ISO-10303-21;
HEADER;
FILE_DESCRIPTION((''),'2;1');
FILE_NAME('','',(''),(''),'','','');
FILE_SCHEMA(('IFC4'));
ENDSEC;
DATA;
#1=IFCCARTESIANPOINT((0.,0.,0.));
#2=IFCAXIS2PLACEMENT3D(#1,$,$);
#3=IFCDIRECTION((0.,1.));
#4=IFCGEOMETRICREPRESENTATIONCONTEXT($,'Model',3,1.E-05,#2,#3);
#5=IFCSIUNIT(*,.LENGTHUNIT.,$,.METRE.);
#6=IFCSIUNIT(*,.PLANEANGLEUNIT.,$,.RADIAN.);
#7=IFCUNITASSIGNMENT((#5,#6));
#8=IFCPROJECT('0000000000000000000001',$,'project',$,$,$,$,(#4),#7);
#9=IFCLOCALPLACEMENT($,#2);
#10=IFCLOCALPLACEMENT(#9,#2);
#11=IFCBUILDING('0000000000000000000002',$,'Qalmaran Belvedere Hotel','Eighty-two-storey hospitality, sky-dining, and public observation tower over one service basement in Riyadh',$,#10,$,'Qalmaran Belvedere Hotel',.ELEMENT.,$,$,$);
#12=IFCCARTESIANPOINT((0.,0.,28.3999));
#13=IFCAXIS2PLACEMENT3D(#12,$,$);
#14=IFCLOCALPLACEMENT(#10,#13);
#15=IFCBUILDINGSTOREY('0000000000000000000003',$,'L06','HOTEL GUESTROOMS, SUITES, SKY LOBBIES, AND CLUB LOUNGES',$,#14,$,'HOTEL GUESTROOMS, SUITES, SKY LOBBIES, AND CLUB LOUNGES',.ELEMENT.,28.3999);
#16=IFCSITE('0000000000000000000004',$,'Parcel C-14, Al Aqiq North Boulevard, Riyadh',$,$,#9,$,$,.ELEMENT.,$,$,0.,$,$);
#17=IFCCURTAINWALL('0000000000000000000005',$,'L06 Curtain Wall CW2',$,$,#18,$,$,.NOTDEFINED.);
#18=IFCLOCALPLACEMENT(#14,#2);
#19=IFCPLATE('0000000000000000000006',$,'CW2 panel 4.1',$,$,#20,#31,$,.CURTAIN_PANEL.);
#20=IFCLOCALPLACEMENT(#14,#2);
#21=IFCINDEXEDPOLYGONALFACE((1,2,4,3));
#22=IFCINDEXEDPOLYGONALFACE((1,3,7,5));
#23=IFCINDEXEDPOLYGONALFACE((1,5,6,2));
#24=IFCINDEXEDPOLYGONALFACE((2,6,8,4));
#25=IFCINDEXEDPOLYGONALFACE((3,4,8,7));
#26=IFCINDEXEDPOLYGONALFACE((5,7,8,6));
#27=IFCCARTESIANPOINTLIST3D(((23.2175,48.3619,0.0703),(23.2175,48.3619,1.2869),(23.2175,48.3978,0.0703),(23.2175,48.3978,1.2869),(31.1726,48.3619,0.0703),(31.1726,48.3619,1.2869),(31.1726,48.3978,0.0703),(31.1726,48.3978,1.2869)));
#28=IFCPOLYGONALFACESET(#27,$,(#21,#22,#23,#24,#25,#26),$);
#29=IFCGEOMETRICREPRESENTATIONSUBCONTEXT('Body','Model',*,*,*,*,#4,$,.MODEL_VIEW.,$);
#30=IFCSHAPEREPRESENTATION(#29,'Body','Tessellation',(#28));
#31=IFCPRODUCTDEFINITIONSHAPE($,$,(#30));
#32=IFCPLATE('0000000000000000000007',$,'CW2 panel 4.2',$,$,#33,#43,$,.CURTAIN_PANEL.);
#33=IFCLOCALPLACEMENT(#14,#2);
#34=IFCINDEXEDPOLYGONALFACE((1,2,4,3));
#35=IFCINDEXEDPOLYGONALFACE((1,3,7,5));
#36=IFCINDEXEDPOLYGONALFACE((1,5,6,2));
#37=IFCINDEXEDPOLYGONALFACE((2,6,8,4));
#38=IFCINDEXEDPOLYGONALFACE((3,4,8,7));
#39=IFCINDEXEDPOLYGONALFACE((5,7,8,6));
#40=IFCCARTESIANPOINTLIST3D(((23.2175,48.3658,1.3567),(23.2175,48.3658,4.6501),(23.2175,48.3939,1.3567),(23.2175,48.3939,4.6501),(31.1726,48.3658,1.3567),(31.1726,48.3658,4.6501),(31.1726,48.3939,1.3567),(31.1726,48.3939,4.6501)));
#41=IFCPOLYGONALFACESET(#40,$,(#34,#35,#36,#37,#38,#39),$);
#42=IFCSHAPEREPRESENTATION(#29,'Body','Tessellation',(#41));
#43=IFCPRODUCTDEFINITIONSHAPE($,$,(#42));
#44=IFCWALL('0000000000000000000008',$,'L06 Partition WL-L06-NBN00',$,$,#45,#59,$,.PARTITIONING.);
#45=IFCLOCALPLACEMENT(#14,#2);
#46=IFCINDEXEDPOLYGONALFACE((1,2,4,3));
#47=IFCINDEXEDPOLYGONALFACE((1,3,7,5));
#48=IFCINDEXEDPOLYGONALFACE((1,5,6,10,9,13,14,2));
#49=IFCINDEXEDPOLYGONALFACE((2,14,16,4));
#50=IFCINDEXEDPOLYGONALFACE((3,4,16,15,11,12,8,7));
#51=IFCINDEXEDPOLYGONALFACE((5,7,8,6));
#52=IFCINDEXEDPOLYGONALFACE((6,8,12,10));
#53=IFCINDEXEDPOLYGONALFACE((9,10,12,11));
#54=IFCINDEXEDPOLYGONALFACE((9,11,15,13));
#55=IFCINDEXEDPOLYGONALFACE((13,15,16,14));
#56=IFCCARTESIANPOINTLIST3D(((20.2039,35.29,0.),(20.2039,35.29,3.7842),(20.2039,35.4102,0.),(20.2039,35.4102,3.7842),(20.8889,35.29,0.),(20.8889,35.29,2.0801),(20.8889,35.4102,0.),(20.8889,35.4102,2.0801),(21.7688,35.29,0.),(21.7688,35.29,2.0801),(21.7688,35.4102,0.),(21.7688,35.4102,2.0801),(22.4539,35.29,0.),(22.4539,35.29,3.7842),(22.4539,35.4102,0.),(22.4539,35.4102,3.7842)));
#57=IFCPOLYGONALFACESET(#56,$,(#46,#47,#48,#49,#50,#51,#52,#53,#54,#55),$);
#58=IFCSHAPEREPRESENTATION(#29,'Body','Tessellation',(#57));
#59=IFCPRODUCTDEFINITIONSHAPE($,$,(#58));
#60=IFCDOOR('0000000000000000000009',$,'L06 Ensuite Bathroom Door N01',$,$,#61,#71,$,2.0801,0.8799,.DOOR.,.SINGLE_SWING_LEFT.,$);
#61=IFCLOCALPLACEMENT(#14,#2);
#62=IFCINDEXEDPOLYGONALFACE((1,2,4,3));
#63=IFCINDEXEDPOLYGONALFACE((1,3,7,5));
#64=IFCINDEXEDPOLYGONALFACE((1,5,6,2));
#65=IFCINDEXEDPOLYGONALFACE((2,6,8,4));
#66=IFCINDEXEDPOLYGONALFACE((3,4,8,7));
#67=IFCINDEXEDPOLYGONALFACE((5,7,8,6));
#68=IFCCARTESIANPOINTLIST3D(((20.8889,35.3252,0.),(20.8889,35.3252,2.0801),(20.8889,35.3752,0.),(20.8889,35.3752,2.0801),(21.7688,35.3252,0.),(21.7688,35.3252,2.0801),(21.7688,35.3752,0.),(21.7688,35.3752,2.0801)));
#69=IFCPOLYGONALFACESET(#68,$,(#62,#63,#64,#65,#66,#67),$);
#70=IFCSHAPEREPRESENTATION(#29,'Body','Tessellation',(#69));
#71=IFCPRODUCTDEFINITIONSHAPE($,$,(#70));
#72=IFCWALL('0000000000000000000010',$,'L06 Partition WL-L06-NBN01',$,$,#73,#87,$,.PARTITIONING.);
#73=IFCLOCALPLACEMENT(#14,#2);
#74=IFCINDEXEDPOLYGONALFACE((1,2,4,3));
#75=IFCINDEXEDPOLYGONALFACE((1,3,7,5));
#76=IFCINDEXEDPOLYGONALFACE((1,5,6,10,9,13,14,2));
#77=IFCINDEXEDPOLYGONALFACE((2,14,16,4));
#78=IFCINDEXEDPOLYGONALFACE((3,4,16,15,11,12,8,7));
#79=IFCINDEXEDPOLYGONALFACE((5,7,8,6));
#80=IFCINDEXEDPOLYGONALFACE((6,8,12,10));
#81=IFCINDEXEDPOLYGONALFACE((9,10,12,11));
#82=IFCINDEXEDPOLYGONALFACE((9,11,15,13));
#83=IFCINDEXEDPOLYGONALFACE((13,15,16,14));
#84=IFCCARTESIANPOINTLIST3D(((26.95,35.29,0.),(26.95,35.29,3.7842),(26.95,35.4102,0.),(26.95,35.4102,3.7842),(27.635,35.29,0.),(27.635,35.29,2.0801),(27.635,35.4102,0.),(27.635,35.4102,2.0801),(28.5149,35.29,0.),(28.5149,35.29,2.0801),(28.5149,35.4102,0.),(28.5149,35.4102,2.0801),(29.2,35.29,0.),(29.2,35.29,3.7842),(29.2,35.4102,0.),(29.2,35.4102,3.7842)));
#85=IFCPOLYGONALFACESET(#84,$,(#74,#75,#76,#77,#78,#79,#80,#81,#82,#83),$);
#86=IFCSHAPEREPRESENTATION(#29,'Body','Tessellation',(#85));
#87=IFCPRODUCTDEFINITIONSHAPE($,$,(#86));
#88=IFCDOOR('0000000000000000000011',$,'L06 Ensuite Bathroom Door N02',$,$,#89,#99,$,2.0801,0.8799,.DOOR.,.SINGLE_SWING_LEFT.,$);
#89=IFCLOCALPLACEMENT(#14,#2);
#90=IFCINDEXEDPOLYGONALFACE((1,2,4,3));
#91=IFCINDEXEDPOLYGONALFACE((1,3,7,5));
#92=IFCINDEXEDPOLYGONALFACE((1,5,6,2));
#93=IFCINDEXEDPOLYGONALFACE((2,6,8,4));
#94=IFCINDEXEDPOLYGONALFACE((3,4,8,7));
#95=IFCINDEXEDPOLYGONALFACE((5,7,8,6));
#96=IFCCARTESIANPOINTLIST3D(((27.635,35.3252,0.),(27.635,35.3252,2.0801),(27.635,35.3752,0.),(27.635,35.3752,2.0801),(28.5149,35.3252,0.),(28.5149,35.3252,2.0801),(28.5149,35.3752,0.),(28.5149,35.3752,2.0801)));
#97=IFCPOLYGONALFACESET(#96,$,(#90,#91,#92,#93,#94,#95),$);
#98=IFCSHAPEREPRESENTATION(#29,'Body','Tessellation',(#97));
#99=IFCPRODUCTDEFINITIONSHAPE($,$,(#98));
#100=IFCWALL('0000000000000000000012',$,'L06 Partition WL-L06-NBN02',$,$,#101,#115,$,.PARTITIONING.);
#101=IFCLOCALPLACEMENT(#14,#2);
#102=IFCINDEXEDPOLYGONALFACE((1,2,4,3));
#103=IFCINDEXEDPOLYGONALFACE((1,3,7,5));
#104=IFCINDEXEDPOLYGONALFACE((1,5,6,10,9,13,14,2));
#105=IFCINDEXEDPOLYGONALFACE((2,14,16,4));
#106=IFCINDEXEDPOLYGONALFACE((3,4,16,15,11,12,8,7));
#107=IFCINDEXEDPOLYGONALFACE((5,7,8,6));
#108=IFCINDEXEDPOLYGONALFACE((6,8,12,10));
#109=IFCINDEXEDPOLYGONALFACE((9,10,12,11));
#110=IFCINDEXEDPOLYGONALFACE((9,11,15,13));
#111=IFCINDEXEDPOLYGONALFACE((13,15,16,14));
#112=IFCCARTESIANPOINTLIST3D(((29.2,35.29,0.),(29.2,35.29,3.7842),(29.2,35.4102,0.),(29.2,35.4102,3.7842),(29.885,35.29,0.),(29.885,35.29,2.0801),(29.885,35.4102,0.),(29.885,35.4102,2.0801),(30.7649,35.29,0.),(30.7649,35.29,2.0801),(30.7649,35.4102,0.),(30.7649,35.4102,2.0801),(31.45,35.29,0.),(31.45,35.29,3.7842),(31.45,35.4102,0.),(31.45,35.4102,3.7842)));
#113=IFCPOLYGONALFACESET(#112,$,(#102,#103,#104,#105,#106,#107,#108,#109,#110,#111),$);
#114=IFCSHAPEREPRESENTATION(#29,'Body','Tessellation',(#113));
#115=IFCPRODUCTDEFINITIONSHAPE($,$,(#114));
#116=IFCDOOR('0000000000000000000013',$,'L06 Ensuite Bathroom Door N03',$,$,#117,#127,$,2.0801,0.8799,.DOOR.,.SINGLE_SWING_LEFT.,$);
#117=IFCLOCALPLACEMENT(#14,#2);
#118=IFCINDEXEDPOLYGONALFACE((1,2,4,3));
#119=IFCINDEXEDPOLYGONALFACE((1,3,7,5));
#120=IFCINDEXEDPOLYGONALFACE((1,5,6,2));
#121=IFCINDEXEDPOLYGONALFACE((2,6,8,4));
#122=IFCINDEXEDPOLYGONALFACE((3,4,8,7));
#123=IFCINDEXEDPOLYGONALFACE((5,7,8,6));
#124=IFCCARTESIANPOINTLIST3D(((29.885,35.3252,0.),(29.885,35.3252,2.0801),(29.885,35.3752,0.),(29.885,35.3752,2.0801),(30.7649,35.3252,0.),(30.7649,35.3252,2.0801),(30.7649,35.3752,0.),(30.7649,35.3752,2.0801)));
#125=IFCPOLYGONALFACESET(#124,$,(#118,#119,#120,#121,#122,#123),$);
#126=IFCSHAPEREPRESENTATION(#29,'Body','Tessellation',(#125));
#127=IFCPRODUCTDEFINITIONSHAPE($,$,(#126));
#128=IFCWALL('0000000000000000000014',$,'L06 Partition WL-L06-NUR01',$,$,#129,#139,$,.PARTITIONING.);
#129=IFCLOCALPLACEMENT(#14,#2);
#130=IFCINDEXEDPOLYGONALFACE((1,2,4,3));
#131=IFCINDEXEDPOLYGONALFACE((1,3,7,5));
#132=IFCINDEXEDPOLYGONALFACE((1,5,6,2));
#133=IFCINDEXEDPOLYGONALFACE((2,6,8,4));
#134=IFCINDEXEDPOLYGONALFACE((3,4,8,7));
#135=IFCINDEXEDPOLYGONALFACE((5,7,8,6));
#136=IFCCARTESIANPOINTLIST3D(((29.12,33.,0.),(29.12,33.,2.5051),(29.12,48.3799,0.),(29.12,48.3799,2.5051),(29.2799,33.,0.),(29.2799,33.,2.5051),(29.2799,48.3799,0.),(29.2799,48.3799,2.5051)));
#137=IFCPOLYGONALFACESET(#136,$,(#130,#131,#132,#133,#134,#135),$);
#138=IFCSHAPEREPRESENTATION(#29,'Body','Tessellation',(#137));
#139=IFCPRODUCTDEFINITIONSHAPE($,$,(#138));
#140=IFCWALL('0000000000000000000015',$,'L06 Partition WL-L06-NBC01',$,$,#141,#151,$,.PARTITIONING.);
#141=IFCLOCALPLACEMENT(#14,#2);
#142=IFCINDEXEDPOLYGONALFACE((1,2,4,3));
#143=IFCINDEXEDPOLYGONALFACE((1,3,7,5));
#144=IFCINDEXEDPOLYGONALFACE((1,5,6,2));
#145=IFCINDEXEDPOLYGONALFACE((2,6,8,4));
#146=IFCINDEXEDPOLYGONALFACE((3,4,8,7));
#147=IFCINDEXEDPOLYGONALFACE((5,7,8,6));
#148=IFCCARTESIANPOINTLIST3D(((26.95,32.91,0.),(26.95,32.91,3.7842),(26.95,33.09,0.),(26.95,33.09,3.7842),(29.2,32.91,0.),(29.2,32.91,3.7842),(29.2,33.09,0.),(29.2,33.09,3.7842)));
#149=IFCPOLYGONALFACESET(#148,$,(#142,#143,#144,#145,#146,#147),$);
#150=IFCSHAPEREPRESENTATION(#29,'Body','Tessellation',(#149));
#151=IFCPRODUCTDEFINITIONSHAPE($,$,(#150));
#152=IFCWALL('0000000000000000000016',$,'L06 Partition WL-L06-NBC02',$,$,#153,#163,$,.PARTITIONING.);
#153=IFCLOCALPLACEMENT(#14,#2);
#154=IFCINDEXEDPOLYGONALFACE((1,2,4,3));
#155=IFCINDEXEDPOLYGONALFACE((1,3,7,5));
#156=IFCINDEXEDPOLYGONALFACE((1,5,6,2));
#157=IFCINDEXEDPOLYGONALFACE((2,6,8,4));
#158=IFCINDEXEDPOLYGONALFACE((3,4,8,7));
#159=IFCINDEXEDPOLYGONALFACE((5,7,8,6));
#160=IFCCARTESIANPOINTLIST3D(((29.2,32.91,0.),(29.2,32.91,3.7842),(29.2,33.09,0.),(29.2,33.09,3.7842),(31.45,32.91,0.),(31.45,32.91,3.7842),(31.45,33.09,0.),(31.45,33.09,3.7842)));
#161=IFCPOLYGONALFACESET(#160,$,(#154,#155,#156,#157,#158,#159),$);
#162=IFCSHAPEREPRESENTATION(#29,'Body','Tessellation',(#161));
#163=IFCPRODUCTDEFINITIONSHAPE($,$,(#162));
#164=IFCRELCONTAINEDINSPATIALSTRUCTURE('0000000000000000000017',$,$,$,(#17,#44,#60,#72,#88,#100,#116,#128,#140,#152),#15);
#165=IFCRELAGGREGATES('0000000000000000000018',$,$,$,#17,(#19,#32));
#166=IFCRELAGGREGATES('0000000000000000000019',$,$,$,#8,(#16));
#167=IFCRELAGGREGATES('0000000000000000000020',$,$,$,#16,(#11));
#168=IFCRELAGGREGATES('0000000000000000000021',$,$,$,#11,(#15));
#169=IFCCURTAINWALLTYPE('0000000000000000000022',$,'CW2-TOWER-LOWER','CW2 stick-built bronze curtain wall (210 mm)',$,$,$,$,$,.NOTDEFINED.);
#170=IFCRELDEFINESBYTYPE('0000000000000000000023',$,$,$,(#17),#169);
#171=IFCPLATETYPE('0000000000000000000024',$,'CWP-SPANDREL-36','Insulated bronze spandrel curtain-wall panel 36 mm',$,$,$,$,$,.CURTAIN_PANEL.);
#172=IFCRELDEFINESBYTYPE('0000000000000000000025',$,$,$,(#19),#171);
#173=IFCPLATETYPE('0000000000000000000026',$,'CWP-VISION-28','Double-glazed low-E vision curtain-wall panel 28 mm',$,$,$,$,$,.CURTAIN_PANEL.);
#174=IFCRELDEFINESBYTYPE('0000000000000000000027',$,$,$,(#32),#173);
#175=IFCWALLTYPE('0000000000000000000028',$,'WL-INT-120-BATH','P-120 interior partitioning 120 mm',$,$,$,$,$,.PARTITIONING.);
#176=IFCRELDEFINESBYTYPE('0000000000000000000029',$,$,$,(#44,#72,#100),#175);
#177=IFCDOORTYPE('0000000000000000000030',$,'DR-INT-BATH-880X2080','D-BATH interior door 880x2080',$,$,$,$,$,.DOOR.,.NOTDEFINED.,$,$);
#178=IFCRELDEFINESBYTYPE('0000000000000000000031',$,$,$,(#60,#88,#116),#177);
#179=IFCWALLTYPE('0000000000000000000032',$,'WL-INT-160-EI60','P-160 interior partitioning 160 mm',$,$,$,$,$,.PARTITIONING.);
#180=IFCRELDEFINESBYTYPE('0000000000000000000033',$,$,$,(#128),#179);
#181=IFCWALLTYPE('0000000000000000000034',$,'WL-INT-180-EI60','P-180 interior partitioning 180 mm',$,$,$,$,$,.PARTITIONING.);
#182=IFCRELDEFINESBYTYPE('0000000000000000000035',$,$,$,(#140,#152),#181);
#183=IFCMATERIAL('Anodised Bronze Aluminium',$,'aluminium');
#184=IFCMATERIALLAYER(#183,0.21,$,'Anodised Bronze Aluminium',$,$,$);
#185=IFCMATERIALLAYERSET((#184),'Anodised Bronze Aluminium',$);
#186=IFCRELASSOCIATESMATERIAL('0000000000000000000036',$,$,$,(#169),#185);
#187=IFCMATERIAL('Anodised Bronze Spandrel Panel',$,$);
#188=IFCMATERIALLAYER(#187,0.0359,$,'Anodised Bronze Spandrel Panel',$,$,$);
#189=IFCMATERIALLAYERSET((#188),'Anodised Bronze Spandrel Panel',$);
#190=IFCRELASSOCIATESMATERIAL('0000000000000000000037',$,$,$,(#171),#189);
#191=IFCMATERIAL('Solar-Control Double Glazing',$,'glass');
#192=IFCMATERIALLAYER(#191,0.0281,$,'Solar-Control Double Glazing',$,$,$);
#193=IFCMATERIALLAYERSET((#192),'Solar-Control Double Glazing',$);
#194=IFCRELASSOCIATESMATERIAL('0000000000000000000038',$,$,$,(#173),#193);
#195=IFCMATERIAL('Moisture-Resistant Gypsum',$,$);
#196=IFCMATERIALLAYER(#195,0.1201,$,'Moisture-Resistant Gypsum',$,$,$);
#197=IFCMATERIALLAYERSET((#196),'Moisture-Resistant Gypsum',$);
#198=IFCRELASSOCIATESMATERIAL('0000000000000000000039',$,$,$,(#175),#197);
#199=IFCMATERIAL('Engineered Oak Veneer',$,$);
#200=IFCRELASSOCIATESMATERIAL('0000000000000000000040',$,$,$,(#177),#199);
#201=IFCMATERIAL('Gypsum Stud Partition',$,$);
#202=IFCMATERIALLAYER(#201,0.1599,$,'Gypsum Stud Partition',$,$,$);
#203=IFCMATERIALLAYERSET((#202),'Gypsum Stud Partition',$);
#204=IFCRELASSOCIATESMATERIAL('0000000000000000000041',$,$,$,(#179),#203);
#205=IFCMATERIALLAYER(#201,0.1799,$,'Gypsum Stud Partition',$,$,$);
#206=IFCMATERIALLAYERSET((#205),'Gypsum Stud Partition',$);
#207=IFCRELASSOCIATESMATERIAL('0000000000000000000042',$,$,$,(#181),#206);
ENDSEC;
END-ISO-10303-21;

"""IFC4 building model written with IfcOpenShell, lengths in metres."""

from ifc_helpers import new_model, si_unit, direction, frame, frame_2d, origin, origin_2d, place, context, subcontext, project, spatial, rectangle, extrude, material, layer, layer_set, type_object, element, fill, aggregate, save


model = new_model("IFC4")

# Units and contexts
model_context = context("Model", 3, precision=1e-05, world=origin(), true_north=direction((0.0, 1.0)))
body_context = subcontext(model_context, "Body", "Model", "MODEL_VIEW")
ifc_project = project(units=[si_unit("LENGTHUNIT", "METRE"), si_unit("PLANEANGLEUNIT", "RADIAN")], contexts=[model_context])

# Site, building, storey
site_placement = place(None, origin())
site = spatial("IfcSite", under=ifc_project, at=site_placement, Name="Parcel C-14, Al Aqiq North Boulevard, Riyadh", CompositionType="ELEMENT", RefElevation=0.0)
building_placement = place(site_placement, origin())
building = spatial("IfcBuilding", under=site, at=building_placement, Name="Qalmaran Belvedere Hotel", Description="Eighty-two-storey hospitality, sky-dining, and public observation tower over one service basement in Riyadh", LongName="Qalmaran Belvedere Hotel", CompositionType="ELEMENT")
storey_placement = place(building_placement, frame((0.0, 0.0, 28.3999)))
storey = spatial("IfcBuildingStorey", under=building, at=storey_placement, Name="L06", Description="HOTEL GUESTROOMS, SUITES, SKY LOBBIES, AND CLUB LOUNGES", LongName="HOTEL GUESTROOMS, SUITES, SKY LOBBIES, AND CLUB LOUNGES", CompositionType="ELEMENT", Elevation=28.3999)

# Curtain wall, plates
ifc_material_1 = material(Name="Anodised Bronze Aluminium", Category="aluminium")
ifc_layer_1 = layer(ifc_material_1, 0.21, Name="Anodised Bronze Aluminium")
ifc_layer_set_1 = layer_set([ifc_layer_1], Name="Anodised Bronze Aluminium")
curtain_wall_type = type_object("IfcCurtainWallType", Name="CW2-TOWER-LOWER", Description="CW2 stick-built bronze curtain wall (210 mm)", PredefinedType="NOTDEFINED", material=ifc_layer_set_1)
curtain_wall_placement = place(storey_placement, origin())
curtain_wall = element("IfcCurtainWall", 1, at=curtain_wall_placement, inside=storey, type_object=curtain_wall_type, Name="L06 Curtain Wall CW2", PredefinedType="NOTDEFINED")
ifc_material_2 = material(Name="Anodised Bronze Spandrel Panel")
ifc_layer_2 = layer(ifc_material_2, 0.0359, Name="Anodised Bronze Spandrel Panel")
ifc_layer_set_2 = layer_set([ifc_layer_2], Name="Anodised Bronze Spandrel Panel")
plate_type_1 = type_object("IfcPlateType", Name="CWP-SPANDREL-36", Description="Insulated bronze spandrel curtain-wall panel 36 mm", PredefinedType="CURTAIN_PANEL", material=ifc_layer_set_2)
plate_1_placement = place(storey_placement, frame((27.1951, 48.3799, 0.0703), z_axis=(0.0, 0.0, 1.0), x_axis=(-1.0, 0.0, 0.0)))
plate_1 = element("IfcPlate", 2, at=plate_1_placement, type_object=plate_type_1, Name="CW2 panel 4.1", PredefinedType="CURTAIN_PANEL", context=body_context, shape_type="SweptSolid", body=[
    extrude(rectangle(XDim=7.9551, YDim=0.0359, at=origin_2d()), origin(), (0.0, 0.0, 1.0), 1.2166),
])
ifc_material_3 = material(Name="Solar-Control Double Glazing", Category="glass")
ifc_layer_3 = layer(ifc_material_3, 0.0281, Name="Solar-Control Double Glazing")
ifc_layer_set_3 = layer_set([ifc_layer_3], Name="Solar-Control Double Glazing")
plate_type_2 = type_object("IfcPlateType", Name="CWP-VISION-28", Description="Double-glazed low-E vision curtain-wall panel 28 mm", PredefinedType="CURTAIN_PANEL", material=ifc_layer_set_3)
plate_2_placement = place(storey_placement, frame((27.1951, 48.3799, 1.3567), z_axis=(0.0, 0.0, 1.0), x_axis=(-1.0, 0.0, 0.0)))
plate_2 = element("IfcPlate", 3, at=plate_2_placement, type_object=plate_type_2, Name="CW2 panel 4.2", PredefinedType="CURTAIN_PANEL", context=body_context, shape_type="SweptSolid", body=[
    extrude(rectangle(XDim=7.9551, YDim=0.0281, at=origin_2d()), origin(), (0.0, 0.0, 1.0), 3.2935),
])
aggregate(curtain_wall, [plate_1, plate_2])

# Walls, openings, doors
ifc_material_4 = material(Name="Moisture-Resistant Gypsum")
ifc_layer_4 = layer(ifc_material_4, 0.1201, Name="Moisture-Resistant Gypsum")
ifc_layer_set_4 = layer_set([ifc_layer_4], Name="Moisture-Resistant Gypsum")
wall_type_1 = type_object("IfcWallType", Name="WL-INT-120-BATH", Description="P-120 interior partitioning 120 mm", PredefinedType="PARTITIONING", material=ifc_layer_set_4)
wall_1_placement = place(storey_placement, frame((20.2039, 35.3501, 0.0), z_axis=(0.0, 0.0, 1.0), x_axis=(1.0, 0.0, 0.0)))
wall_1 = element("IfcWall", 4, at=wall_1_placement, inside=storey, type_object=wall_type_1, Name="L06 Partition WL-L06-NBN00", PredefinedType="PARTITIONING", context=body_context, shape_type="SweptSolid", body=[
    extrude(rectangle(XDim=2.25, YDim=0.1201, at=frame_2d((1.125, 0.0))), origin(), (0.0, 0.0, 1.0), 3.7842),
])
opening_1_placement = place(wall_1_placement, frame((1.5649, 0.0, 0.0), z_axis=(0.0, 0.0, 1.0), x_axis=(-1.0, 0.0, 0.0)))
opening_1 = element("IfcOpeningElement", 5, at=opening_1_placement, cuts=wall_1, PredefinedType="OPENING", context=body_context, shape_type="SweptSolid", body=[
    extrude(rectangle(XDim=0.8799, YDim=2.0801, at=frame_2d((0.4399, 1.04))), frame((0.0, 0.0701, 0.0), z_axis=(0.0, -1.0, 0.0), x_axis=(1.0, 0.0, 0.0)), (0.0, 0.0, 1.0), 0.1401),
])
ifc_material_5 = material(Name="Engineered Oak Veneer")
door_type = type_object("IfcDoorType", Name="DR-INT-BATH-880X2080", Description="D-BATH interior door 880x2080", OperationType="NOTDEFINED", PredefinedType="DOOR", material=ifc_material_5)
door_1_placement = place(opening_1_placement, origin())
door_1 = element("IfcDoor", 6, at=door_1_placement, inside=storey, type_object=door_type, Name="L06 Ensuite Bathroom Door N01", OperationType="SINGLE_SWING_LEFT", OverallHeight=2.0801, OverallWidth=0.8799, PredefinedType="DOOR", context=body_context, shape_type="SweptSolid", body=[
    extrude(rectangle(XDim=0.8799, YDim=2.0801, at=frame_2d((0.4399, 1.04))), frame((0.0, 0.0249, 0.0), z_axis=(0.0, -1.0, 0.0), x_axis=(1.0, 0.0, 0.0)), (0.0, 0.0, 1.0), 0.05),
])
fill(opening_1, door_1)
wall_2_placement = place(storey_placement, frame((26.95, 35.3501, 0.0), z_axis=(0.0, 0.0, 1.0), x_axis=(1.0, 0.0, 0.0)))
wall_2 = element("IfcWall", 7, at=wall_2_placement, inside=storey, type_object=wall_type_1, Name="L06 Partition WL-L06-NBN01", PredefinedType="PARTITIONING", context=body_context, shape_type="SweptSolid", body=[
    extrude(rectangle(XDim=2.25, YDim=0.1201, at=frame_2d((1.125, 0.0))), origin(), (0.0, 0.0, 1.0), 3.7842),
])
opening_2_placement = place(wall_2_placement, frame((1.5649, 0.0, 0.0), z_axis=(0.0, 0.0, 1.0), x_axis=(-1.0, 0.0, 0.0)))
opening_2 = element("IfcOpeningElement", 8, at=opening_2_placement, cuts=wall_2, PredefinedType="OPENING", context=body_context, shape_type="SweptSolid", body=[
    extrude(rectangle(XDim=0.8799, YDim=2.0801, at=frame_2d((0.4399, 1.04))), frame((0.0, 0.0701, 0.0), z_axis=(0.0, -1.0, 0.0), x_axis=(1.0, 0.0, 0.0)), (0.0, 0.0, 1.0), 0.1401),
])
door_2_placement = place(opening_2_placement, origin())
door_2 = element("IfcDoor", 9, at=door_2_placement, inside=storey, type_object=door_type, Name="L06 Ensuite Bathroom Door N02", OperationType="SINGLE_SWING_LEFT", OverallHeight=2.0801, OverallWidth=0.8799, PredefinedType="DOOR", context=body_context, shape_type="SweptSolid", body=[
    extrude(rectangle(XDim=0.8799, YDim=2.0801, at=frame_2d((0.4399, 1.04))), frame((0.0, 0.0249, 0.0), z_axis=(0.0, -1.0, 0.0), x_axis=(1.0, 0.0, 0.0)), (0.0, 0.0, 1.0), 0.05),
])
fill(opening_2, door_2)
wall_3_placement = place(storey_placement, frame((29.2, 35.3501, 0.0), z_axis=(0.0, 0.0, 1.0), x_axis=(1.0, 0.0, 0.0)))
wall_3 = element("IfcWall", 10, at=wall_3_placement, inside=storey, type_object=wall_type_1, Name="L06 Partition WL-L06-NBN02", PredefinedType="PARTITIONING", context=body_context, shape_type="SweptSolid", body=[
    extrude(rectangle(XDim=2.25, YDim=0.1201, at=frame_2d((1.125, 0.0))), origin(), (0.0, 0.0, 1.0), 3.7842),
])
opening_3_placement = place(wall_3_placement, frame((1.5649, 0.0, 0.0), z_axis=(0.0, 0.0, 1.0), x_axis=(-1.0, 0.0, 0.0)))
opening_3 = element("IfcOpeningElement", 11, at=opening_3_placement, cuts=wall_3, PredefinedType="OPENING", context=body_context, shape_type="SweptSolid", body=[
    extrude(rectangle(XDim=0.8799, YDim=2.0801, at=frame_2d((0.4399, 1.04))), frame((0.0, 0.0701, 0.0), z_axis=(0.0, -1.0, 0.0), x_axis=(1.0, 0.0, 0.0)), (0.0, 0.0, 1.0), 0.1401),
])
door_3_placement = place(opening_3_placement, origin())
door_3 = element("IfcDoor", 12, at=door_3_placement, inside=storey, type_object=door_type, Name="L06 Ensuite Bathroom Door N03", OperationType="SINGLE_SWING_LEFT", OverallHeight=2.0801, OverallWidth=0.8799, PredefinedType="DOOR", context=body_context, shape_type="SweptSolid", body=[
    extrude(rectangle(XDim=0.8799, YDim=2.0801, at=frame_2d((0.4399, 1.04))), frame((0.0, 0.0249, 0.0), z_axis=(0.0, -1.0, 0.0), x_axis=(1.0, 0.0, 0.0)), (0.0, 0.0, 1.0), 0.05),
])
fill(opening_3, door_3)

# Walls
ifc_material_6 = material(Name="Gypsum Stud Partition")
ifc_layer_5 = layer(ifc_material_6, 0.1599, Name="Gypsum Stud Partition")
ifc_layer_set_5 = layer_set([ifc_layer_5], Name="Gypsum Stud Partition")
wall_type_2 = type_object("IfcWallType", Name="WL-INT-160-EI60", Description="P-160 interior partitioning 160 mm", PredefinedType="PARTITIONING", material=ifc_layer_set_5)
wall_4_placement = place(storey_placement, frame((29.2, 33.0, 0.0), z_axis=(0.0, 0.0, 1.0), x_axis=(0.0, 1.0, 0.0)))
element("IfcWall", 13, at=wall_4_placement, inside=storey, type_object=wall_type_2, Name="L06 Partition WL-L06-NUR01", PredefinedType="PARTITIONING", context=body_context, shape_type="SweptSolid", body=[
    extrude(rectangle(XDim=15.3799, YDim=0.1599, at=frame_2d((7.6899, 0.0))), origin(), (0.0, 0.0, 1.0), 2.5051),
])
ifc_layer_6 = layer(ifc_material_6, 0.1799, Name="Gypsum Stud Partition")
ifc_layer_set_6 = layer_set([ifc_layer_6], Name="Gypsum Stud Partition")
wall_type_3 = type_object("IfcWallType", Name="WL-INT-180-EI60", Description="P-180 interior partitioning 180 mm", PredefinedType="PARTITIONING", material=ifc_layer_set_6)
for number, where, z_axis, x_axis, name in (
    (14, (26.95, 33.0, 0.0), (0.0, 0.0, 1.0), (1.0, 0.0, 0.0), "L06 Partition WL-L06-NBC01"),
    (15, (29.2, 33.0, 0.0), (0.0, 0.0, 1.0), (1.0, 0.0, 0.0), "L06 Partition WL-L06-NBC02"),
):
    element("IfcWall", number, at=place(storey_placement, frame(where, z_axis=z_axis, x_axis=x_axis)), inside=storey, type_object=wall_type_3, Name=name, PredefinedType="PARTITIONING", context=body_context, shape_type="SweptSolid", body=[
        extrude(rectangle(XDim=2.25, YDim=0.1799, at=frame_2d((1.125, 0.0))), origin(), (0.0, 0.0, 1.0), 3.7842),
    ])

save(model, "model.ifc")
